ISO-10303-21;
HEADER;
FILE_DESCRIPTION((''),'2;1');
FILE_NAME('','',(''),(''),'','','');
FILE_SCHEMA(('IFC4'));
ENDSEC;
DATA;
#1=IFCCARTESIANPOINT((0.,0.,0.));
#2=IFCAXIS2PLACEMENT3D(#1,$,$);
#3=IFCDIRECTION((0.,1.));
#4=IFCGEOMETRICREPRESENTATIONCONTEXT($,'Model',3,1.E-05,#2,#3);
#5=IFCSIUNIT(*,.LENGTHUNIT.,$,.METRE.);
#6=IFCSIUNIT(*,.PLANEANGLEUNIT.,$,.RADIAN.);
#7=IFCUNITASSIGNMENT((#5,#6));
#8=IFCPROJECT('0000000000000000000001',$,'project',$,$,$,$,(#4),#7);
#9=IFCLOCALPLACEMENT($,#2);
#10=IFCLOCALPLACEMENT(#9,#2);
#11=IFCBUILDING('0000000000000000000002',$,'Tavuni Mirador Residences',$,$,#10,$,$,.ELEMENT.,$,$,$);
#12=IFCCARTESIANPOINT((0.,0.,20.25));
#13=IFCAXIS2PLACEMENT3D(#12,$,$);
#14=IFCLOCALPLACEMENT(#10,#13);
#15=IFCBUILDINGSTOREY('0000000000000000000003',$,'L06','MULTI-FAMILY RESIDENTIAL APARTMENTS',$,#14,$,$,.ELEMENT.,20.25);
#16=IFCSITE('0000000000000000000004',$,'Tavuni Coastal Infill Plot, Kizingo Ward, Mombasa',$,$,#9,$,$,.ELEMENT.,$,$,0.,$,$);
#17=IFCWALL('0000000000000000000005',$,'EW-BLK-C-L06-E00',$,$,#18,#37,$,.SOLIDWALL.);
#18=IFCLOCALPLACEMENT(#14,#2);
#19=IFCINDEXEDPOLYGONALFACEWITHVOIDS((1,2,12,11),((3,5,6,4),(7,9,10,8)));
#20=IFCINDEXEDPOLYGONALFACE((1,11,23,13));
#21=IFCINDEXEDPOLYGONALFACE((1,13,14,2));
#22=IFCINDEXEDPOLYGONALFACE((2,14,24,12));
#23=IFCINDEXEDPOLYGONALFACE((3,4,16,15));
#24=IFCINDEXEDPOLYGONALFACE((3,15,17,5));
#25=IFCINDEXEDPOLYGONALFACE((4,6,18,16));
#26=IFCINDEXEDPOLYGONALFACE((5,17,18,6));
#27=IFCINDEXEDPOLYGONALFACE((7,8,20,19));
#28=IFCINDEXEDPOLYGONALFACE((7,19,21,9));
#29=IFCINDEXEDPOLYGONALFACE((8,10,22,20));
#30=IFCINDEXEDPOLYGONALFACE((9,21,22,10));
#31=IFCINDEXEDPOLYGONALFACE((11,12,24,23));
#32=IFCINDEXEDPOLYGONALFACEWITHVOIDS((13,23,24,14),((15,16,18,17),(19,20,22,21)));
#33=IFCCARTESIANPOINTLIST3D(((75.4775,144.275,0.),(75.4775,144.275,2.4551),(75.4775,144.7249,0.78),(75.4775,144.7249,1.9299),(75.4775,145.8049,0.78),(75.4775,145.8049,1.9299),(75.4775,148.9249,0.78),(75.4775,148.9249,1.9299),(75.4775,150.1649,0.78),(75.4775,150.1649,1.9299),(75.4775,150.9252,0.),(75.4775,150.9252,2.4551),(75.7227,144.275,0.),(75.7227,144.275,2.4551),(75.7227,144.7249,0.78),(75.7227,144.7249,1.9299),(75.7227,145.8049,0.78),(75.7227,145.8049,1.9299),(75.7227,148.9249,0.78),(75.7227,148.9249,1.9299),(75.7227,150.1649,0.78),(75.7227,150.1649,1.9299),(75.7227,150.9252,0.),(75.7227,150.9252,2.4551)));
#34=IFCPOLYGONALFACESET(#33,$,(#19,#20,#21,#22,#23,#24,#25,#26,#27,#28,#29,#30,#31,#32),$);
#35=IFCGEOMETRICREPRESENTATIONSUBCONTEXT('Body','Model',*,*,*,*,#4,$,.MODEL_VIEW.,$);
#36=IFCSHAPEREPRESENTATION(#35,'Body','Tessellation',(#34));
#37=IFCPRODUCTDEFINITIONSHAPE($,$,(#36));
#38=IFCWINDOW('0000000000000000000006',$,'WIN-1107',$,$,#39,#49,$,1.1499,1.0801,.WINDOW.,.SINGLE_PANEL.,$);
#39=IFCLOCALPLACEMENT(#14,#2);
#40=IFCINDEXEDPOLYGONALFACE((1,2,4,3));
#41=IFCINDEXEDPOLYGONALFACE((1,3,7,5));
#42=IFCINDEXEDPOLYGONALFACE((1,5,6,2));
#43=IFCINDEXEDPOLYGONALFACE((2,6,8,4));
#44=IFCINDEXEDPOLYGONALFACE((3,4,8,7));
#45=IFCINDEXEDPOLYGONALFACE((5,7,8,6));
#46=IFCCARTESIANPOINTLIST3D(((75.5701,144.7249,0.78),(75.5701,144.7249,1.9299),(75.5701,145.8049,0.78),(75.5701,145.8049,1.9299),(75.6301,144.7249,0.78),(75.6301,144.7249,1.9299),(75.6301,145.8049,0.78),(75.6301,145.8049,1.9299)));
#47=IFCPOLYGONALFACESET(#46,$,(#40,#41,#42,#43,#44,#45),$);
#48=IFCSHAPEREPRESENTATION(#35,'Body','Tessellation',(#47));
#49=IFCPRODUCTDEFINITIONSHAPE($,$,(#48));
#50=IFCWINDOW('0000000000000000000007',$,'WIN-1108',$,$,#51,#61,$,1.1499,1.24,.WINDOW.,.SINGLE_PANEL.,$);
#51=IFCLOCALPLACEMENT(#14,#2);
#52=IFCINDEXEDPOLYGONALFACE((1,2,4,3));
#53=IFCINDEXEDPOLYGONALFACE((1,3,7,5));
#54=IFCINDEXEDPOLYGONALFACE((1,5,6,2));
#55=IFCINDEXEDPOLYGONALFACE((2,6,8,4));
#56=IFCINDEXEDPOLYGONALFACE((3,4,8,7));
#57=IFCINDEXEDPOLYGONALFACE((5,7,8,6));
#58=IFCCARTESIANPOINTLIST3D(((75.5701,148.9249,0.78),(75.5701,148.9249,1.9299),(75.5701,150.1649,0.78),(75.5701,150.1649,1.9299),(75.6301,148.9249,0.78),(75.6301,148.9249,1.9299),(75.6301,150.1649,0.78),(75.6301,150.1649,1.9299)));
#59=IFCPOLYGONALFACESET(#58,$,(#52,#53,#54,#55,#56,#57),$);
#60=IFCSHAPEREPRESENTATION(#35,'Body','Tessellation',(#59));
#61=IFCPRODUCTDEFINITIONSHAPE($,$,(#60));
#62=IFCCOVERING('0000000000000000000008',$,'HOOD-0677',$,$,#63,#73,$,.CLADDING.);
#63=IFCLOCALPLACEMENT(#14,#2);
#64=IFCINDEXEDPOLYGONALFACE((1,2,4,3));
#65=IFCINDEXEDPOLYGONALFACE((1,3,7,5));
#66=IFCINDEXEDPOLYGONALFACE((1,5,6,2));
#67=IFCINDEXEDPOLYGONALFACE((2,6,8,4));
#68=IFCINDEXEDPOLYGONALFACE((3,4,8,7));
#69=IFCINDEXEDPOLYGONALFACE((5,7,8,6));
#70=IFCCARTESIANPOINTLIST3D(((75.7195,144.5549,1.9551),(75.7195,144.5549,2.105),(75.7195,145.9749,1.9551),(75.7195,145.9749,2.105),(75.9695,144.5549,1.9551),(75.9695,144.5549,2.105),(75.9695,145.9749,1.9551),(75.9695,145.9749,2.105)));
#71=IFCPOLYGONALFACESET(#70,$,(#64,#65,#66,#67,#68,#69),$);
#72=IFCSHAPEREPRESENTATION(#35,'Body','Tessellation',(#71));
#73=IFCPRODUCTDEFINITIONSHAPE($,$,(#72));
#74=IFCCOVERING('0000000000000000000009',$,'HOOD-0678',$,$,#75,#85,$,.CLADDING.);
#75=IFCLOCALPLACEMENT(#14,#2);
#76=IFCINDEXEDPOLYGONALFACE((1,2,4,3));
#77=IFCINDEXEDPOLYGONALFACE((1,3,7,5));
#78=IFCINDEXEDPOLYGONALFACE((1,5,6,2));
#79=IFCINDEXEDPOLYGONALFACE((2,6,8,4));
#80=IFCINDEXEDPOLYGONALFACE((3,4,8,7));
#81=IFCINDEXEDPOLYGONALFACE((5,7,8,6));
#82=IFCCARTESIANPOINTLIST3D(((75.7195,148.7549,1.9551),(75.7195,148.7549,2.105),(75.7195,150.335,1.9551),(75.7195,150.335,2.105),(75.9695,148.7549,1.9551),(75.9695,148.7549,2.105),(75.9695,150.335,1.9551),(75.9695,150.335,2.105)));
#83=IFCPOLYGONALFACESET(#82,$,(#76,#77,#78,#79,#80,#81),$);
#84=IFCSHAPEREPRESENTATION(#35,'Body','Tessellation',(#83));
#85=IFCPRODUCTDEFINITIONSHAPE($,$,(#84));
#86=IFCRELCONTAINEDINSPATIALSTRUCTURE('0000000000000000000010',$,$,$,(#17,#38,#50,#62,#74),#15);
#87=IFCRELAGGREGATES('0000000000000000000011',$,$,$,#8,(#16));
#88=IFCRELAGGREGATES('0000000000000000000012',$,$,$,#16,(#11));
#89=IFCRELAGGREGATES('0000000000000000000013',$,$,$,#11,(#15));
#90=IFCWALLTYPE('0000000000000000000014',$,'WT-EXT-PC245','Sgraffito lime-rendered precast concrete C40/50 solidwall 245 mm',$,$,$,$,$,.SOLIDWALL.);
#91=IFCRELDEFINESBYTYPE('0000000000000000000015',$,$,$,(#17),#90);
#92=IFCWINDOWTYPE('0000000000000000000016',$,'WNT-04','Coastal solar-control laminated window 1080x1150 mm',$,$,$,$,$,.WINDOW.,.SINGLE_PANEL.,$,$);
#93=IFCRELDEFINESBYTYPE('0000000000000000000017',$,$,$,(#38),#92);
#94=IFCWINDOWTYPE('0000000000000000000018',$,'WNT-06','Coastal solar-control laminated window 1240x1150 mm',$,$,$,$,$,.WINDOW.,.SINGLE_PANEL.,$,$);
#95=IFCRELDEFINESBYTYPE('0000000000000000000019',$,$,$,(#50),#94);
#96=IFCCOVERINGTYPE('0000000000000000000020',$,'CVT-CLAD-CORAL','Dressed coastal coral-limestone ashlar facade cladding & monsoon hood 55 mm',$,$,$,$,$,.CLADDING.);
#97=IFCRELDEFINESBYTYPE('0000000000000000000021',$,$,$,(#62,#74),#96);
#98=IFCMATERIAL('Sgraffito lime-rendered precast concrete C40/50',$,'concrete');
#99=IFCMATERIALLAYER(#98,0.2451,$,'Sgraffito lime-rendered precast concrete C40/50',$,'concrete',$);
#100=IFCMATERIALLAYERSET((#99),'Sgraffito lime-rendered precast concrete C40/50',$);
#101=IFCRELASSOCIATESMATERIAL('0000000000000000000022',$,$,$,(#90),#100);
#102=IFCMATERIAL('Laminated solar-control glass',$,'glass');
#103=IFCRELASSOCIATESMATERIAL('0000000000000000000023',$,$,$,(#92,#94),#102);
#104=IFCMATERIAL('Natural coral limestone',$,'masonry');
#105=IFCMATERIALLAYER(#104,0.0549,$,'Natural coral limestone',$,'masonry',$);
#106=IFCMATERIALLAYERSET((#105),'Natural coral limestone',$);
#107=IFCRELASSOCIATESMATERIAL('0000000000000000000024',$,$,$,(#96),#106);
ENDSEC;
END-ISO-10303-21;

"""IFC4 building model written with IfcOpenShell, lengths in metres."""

from ifc_helpers import new_model, si_unit, direction, frame, frame_2d, origin, origin_2d, place, context, subcontext, project, spatial, rectangle, extrude, material, layer, layer_set, type_object, element, fill, save


model = new_model("IFC4")

# Units and contexts
model_context = context("Model", 3, precision=1e-05, world=origin(), true_north=direction((0.0, 1.0)))
body_context = subcontext(model_context, "Body", "Model", "MODEL_VIEW")
ifc_project = project(units=[si_unit("LENGTHUNIT", "METRE"), si_unit("PLANEANGLEUNIT", "RADIAN")], contexts=[model_context])

# Site, building, storey
site_placement = place(None, origin())
site = spatial("IfcSite", under=ifc_project, at=site_placement, Name="Tavuni Coastal Infill Plot, Kizingo Ward, Mombasa", CompositionType="ELEMENT", RefElevation=0.0)
building_placement = place(site_placement, origin())
building = spatial("IfcBuilding", under=site, at=building_placement, Name="Tavuni Mirador Residences", CompositionType="ELEMENT")
storey_placement = place(building_placement, frame((0.0, 0.0, 20.25)))
storey = spatial("IfcBuildingStorey", under=building, at=storey_placement, Name="L06", Description="MULTI-FAMILY RESIDENTIAL APARTMENTS", CompositionType="ELEMENT", Elevation=20.25)

# Wall, openings, windows
ifc_material_1 = material(Name="Laminated solar-control glass", Category="glass")
ifc_material_2 = material(Name="Sgraffito lime-rendered precast concrete C40/50", Category="concrete")
ifc_layer_1 = layer(ifc_material_2, 0.2451, Name="Sgraffito lime-rendered precast concrete C40/50", Category="concrete")
ifc_layer_set_1 = layer_set([ifc_layer_1], Name="Sgraffito lime-rendered precast concrete C40/50")
wall_type_1 = type_object("IfcWallType", Name="WT-EXT-PC245", Description="Sgraffito lime-rendered precast concrete C40/50 solidwall 245 mm", PredefinedType="SOLIDWALL", material=ifc_layer_set_1)
wall_1_placement = place(storey_placement, frame((75.6001, 144.2749, 0.0), z_axis=(0.0, 0.0, 1.0), x_axis=(0.0, 1.0, 0.0)))
wall_1 = element("IfcWall", 1, at=wall_1_placement, inside=storey, type_object=wall_type_1, Name="EW-BLK-C-L06-E00", PredefinedType="SOLIDWALL", context=body_context, shape_type="SweptSolid", body=[
    extrude(rectangle(XDim=6.6501, YDim=0.2451, at=frame_2d((3.3252, 0.0))), origin(), (0.0, 0.0, 1.0), 2.4551),
])
opening_1_placement = place(wall_1_placement, frame((0.45, 0.0, 0.78)))
opening_1 = element("IfcOpeningElement", 2, at=opening_1_placement, cuts=wall_1, PredefinedType="OPENING", context=body_context, shape_type="SweptSolid", body=[
    extrude(rectangle(XDim=1.0801, YDim=1.1499, at=frame_2d((0.54, 0.575))), frame((0.0, 0.1326, 0.0), z_axis=(0.0, -1.0, 0.0), x_axis=(1.0, 0.0, 0.0)), (0.0, 0.0, 1.0), 0.2651),
])
opening_2_placement = place(wall_1_placement, frame((4.6499, 0.0, 0.78)))
opening_2 = element("IfcOpeningElement", 3, at=opening_2_placement, cuts=wall_1, PredefinedType="OPENING", context=body_context, shape_type="SweptSolid", body=[
    extrude(rectangle(XDim=1.24, YDim=1.1499, at=frame_2d((0.6201, 0.575))), frame((0.0, 0.1326, 0.0), z_axis=(0.0, -1.0, 0.0), x_axis=(1.0, 0.0, 0.0)), (0.0, 0.0, 1.0), 0.2651),
])
window_type_1 = type_object("IfcWindowType", Name="WNT-04", Description="Coastal solar-control laminated window 1080x1150 mm", PartitioningType="SINGLE_PANEL", PredefinedType="WINDOW", material=ifc_material_1)
window_1_placement = place(opening_1_placement, origin())
window_1 = element("IfcWindow", 4, at=window_1_placement, inside=storey, type_object=window_type_1, Name="WIN-1107", OverallHeight=1.1499, OverallWidth=1.0801, PartitioningType="SINGLE_PANEL", PredefinedType="WINDOW", context=body_context, shape_type="SweptSolid", body=[
    extrude(rectangle(XDim=1.0801, YDim=1.1499, at=frame_2d((0.54, 0.575))), frame((0.0, 0.03, 0.0), z_axis=(0.0, -1.0, 0.0), x_axis=(1.0, 0.0, 0.0)), (0.0, 0.0, 1.0), 0.0601),
])
fill(opening_1, window_1)
window_type_2 = type_object("IfcWindowType", Name="WNT-06", Description="Coastal solar-control laminated window 1240x1150 mm", PartitioningType="SINGLE_PANEL", PredefinedType="WINDOW", material=ifc_material_1)
window_2_placement = place(opening_2_placement, origin())
window_2 = element("IfcWindow", 5, at=window_2_placement, inside=storey, type_object=window_type_2, Name="WIN-1108", OverallHeight=1.1499, OverallWidth=1.24, PartitioningType="SINGLE_PANEL", PredefinedType="WINDOW", context=body_context, shape_type="SweptSolid", body=[
    extrude(rectangle(XDim=1.24, YDim=1.1499, at=frame_2d((0.6201, 0.575))), frame((0.0, 0.03, 0.0), z_axis=(0.0, -1.0, 0.0), x_axis=(1.0, 0.0, 0.0)), (0.0, 0.0, 1.0), 0.0601),
])
fill(opening_2, window_2)

# Coverings
ifc_material_3 = material(Name="Natural coral limestone", Category="masonry")
ifc_layer_2 = layer(ifc_material_3, 0.0549, Name="Natural coral limestone", Category="masonry")
ifc_layer_set_2 = layer_set([ifc_layer_2], Name="Natural coral limestone")
covering_type = type_object("IfcCoveringType", Name="CVT-CLAD-CORAL", Description="Dressed coastal coral-limestone ashlar facade cladding & monsoon hood 55 mm", PredefinedType="CLADDING", material=ifc_layer_set_2)
covering_1_placement = place(storey_placement, frame((75.8445, 145.2649, 1.9551), z_axis=(0.0, 0.0, 1.0), x_axis=(0.0, 1.0, 0.0)))
element("IfcCovering", 6, at=covering_1_placement, inside=storey, type_object=covering_type, Name="HOOD-0677", PredefinedType="CLADDING", context=body_context, shape_type="SweptSolid", body=[
    extrude(rectangle(XDim=1.4199, YDim=0.25, at=origin_2d()), origin(), (0.0, 0.0, 1.0), 0.1499),
])
covering_2_placement = place(storey_placement, frame((75.8445, 149.5449, 1.9551), z_axis=(0.0, 0.0, 1.0), x_axis=(0.0, 1.0, 0.0)))
element("IfcCovering", 7, at=covering_2_placement, inside=storey, type_object=covering_type, Name="HOOD-0678", PredefinedType="CLADDING", context=body_context, shape_type="SweptSolid", body=[
    extrude(rectangle(XDim=1.5801, YDim=0.25, at=origin_2d()), origin(), (0.0, 0.0, 1.0), 0.1499),
])

save(model, "model.ifc")
